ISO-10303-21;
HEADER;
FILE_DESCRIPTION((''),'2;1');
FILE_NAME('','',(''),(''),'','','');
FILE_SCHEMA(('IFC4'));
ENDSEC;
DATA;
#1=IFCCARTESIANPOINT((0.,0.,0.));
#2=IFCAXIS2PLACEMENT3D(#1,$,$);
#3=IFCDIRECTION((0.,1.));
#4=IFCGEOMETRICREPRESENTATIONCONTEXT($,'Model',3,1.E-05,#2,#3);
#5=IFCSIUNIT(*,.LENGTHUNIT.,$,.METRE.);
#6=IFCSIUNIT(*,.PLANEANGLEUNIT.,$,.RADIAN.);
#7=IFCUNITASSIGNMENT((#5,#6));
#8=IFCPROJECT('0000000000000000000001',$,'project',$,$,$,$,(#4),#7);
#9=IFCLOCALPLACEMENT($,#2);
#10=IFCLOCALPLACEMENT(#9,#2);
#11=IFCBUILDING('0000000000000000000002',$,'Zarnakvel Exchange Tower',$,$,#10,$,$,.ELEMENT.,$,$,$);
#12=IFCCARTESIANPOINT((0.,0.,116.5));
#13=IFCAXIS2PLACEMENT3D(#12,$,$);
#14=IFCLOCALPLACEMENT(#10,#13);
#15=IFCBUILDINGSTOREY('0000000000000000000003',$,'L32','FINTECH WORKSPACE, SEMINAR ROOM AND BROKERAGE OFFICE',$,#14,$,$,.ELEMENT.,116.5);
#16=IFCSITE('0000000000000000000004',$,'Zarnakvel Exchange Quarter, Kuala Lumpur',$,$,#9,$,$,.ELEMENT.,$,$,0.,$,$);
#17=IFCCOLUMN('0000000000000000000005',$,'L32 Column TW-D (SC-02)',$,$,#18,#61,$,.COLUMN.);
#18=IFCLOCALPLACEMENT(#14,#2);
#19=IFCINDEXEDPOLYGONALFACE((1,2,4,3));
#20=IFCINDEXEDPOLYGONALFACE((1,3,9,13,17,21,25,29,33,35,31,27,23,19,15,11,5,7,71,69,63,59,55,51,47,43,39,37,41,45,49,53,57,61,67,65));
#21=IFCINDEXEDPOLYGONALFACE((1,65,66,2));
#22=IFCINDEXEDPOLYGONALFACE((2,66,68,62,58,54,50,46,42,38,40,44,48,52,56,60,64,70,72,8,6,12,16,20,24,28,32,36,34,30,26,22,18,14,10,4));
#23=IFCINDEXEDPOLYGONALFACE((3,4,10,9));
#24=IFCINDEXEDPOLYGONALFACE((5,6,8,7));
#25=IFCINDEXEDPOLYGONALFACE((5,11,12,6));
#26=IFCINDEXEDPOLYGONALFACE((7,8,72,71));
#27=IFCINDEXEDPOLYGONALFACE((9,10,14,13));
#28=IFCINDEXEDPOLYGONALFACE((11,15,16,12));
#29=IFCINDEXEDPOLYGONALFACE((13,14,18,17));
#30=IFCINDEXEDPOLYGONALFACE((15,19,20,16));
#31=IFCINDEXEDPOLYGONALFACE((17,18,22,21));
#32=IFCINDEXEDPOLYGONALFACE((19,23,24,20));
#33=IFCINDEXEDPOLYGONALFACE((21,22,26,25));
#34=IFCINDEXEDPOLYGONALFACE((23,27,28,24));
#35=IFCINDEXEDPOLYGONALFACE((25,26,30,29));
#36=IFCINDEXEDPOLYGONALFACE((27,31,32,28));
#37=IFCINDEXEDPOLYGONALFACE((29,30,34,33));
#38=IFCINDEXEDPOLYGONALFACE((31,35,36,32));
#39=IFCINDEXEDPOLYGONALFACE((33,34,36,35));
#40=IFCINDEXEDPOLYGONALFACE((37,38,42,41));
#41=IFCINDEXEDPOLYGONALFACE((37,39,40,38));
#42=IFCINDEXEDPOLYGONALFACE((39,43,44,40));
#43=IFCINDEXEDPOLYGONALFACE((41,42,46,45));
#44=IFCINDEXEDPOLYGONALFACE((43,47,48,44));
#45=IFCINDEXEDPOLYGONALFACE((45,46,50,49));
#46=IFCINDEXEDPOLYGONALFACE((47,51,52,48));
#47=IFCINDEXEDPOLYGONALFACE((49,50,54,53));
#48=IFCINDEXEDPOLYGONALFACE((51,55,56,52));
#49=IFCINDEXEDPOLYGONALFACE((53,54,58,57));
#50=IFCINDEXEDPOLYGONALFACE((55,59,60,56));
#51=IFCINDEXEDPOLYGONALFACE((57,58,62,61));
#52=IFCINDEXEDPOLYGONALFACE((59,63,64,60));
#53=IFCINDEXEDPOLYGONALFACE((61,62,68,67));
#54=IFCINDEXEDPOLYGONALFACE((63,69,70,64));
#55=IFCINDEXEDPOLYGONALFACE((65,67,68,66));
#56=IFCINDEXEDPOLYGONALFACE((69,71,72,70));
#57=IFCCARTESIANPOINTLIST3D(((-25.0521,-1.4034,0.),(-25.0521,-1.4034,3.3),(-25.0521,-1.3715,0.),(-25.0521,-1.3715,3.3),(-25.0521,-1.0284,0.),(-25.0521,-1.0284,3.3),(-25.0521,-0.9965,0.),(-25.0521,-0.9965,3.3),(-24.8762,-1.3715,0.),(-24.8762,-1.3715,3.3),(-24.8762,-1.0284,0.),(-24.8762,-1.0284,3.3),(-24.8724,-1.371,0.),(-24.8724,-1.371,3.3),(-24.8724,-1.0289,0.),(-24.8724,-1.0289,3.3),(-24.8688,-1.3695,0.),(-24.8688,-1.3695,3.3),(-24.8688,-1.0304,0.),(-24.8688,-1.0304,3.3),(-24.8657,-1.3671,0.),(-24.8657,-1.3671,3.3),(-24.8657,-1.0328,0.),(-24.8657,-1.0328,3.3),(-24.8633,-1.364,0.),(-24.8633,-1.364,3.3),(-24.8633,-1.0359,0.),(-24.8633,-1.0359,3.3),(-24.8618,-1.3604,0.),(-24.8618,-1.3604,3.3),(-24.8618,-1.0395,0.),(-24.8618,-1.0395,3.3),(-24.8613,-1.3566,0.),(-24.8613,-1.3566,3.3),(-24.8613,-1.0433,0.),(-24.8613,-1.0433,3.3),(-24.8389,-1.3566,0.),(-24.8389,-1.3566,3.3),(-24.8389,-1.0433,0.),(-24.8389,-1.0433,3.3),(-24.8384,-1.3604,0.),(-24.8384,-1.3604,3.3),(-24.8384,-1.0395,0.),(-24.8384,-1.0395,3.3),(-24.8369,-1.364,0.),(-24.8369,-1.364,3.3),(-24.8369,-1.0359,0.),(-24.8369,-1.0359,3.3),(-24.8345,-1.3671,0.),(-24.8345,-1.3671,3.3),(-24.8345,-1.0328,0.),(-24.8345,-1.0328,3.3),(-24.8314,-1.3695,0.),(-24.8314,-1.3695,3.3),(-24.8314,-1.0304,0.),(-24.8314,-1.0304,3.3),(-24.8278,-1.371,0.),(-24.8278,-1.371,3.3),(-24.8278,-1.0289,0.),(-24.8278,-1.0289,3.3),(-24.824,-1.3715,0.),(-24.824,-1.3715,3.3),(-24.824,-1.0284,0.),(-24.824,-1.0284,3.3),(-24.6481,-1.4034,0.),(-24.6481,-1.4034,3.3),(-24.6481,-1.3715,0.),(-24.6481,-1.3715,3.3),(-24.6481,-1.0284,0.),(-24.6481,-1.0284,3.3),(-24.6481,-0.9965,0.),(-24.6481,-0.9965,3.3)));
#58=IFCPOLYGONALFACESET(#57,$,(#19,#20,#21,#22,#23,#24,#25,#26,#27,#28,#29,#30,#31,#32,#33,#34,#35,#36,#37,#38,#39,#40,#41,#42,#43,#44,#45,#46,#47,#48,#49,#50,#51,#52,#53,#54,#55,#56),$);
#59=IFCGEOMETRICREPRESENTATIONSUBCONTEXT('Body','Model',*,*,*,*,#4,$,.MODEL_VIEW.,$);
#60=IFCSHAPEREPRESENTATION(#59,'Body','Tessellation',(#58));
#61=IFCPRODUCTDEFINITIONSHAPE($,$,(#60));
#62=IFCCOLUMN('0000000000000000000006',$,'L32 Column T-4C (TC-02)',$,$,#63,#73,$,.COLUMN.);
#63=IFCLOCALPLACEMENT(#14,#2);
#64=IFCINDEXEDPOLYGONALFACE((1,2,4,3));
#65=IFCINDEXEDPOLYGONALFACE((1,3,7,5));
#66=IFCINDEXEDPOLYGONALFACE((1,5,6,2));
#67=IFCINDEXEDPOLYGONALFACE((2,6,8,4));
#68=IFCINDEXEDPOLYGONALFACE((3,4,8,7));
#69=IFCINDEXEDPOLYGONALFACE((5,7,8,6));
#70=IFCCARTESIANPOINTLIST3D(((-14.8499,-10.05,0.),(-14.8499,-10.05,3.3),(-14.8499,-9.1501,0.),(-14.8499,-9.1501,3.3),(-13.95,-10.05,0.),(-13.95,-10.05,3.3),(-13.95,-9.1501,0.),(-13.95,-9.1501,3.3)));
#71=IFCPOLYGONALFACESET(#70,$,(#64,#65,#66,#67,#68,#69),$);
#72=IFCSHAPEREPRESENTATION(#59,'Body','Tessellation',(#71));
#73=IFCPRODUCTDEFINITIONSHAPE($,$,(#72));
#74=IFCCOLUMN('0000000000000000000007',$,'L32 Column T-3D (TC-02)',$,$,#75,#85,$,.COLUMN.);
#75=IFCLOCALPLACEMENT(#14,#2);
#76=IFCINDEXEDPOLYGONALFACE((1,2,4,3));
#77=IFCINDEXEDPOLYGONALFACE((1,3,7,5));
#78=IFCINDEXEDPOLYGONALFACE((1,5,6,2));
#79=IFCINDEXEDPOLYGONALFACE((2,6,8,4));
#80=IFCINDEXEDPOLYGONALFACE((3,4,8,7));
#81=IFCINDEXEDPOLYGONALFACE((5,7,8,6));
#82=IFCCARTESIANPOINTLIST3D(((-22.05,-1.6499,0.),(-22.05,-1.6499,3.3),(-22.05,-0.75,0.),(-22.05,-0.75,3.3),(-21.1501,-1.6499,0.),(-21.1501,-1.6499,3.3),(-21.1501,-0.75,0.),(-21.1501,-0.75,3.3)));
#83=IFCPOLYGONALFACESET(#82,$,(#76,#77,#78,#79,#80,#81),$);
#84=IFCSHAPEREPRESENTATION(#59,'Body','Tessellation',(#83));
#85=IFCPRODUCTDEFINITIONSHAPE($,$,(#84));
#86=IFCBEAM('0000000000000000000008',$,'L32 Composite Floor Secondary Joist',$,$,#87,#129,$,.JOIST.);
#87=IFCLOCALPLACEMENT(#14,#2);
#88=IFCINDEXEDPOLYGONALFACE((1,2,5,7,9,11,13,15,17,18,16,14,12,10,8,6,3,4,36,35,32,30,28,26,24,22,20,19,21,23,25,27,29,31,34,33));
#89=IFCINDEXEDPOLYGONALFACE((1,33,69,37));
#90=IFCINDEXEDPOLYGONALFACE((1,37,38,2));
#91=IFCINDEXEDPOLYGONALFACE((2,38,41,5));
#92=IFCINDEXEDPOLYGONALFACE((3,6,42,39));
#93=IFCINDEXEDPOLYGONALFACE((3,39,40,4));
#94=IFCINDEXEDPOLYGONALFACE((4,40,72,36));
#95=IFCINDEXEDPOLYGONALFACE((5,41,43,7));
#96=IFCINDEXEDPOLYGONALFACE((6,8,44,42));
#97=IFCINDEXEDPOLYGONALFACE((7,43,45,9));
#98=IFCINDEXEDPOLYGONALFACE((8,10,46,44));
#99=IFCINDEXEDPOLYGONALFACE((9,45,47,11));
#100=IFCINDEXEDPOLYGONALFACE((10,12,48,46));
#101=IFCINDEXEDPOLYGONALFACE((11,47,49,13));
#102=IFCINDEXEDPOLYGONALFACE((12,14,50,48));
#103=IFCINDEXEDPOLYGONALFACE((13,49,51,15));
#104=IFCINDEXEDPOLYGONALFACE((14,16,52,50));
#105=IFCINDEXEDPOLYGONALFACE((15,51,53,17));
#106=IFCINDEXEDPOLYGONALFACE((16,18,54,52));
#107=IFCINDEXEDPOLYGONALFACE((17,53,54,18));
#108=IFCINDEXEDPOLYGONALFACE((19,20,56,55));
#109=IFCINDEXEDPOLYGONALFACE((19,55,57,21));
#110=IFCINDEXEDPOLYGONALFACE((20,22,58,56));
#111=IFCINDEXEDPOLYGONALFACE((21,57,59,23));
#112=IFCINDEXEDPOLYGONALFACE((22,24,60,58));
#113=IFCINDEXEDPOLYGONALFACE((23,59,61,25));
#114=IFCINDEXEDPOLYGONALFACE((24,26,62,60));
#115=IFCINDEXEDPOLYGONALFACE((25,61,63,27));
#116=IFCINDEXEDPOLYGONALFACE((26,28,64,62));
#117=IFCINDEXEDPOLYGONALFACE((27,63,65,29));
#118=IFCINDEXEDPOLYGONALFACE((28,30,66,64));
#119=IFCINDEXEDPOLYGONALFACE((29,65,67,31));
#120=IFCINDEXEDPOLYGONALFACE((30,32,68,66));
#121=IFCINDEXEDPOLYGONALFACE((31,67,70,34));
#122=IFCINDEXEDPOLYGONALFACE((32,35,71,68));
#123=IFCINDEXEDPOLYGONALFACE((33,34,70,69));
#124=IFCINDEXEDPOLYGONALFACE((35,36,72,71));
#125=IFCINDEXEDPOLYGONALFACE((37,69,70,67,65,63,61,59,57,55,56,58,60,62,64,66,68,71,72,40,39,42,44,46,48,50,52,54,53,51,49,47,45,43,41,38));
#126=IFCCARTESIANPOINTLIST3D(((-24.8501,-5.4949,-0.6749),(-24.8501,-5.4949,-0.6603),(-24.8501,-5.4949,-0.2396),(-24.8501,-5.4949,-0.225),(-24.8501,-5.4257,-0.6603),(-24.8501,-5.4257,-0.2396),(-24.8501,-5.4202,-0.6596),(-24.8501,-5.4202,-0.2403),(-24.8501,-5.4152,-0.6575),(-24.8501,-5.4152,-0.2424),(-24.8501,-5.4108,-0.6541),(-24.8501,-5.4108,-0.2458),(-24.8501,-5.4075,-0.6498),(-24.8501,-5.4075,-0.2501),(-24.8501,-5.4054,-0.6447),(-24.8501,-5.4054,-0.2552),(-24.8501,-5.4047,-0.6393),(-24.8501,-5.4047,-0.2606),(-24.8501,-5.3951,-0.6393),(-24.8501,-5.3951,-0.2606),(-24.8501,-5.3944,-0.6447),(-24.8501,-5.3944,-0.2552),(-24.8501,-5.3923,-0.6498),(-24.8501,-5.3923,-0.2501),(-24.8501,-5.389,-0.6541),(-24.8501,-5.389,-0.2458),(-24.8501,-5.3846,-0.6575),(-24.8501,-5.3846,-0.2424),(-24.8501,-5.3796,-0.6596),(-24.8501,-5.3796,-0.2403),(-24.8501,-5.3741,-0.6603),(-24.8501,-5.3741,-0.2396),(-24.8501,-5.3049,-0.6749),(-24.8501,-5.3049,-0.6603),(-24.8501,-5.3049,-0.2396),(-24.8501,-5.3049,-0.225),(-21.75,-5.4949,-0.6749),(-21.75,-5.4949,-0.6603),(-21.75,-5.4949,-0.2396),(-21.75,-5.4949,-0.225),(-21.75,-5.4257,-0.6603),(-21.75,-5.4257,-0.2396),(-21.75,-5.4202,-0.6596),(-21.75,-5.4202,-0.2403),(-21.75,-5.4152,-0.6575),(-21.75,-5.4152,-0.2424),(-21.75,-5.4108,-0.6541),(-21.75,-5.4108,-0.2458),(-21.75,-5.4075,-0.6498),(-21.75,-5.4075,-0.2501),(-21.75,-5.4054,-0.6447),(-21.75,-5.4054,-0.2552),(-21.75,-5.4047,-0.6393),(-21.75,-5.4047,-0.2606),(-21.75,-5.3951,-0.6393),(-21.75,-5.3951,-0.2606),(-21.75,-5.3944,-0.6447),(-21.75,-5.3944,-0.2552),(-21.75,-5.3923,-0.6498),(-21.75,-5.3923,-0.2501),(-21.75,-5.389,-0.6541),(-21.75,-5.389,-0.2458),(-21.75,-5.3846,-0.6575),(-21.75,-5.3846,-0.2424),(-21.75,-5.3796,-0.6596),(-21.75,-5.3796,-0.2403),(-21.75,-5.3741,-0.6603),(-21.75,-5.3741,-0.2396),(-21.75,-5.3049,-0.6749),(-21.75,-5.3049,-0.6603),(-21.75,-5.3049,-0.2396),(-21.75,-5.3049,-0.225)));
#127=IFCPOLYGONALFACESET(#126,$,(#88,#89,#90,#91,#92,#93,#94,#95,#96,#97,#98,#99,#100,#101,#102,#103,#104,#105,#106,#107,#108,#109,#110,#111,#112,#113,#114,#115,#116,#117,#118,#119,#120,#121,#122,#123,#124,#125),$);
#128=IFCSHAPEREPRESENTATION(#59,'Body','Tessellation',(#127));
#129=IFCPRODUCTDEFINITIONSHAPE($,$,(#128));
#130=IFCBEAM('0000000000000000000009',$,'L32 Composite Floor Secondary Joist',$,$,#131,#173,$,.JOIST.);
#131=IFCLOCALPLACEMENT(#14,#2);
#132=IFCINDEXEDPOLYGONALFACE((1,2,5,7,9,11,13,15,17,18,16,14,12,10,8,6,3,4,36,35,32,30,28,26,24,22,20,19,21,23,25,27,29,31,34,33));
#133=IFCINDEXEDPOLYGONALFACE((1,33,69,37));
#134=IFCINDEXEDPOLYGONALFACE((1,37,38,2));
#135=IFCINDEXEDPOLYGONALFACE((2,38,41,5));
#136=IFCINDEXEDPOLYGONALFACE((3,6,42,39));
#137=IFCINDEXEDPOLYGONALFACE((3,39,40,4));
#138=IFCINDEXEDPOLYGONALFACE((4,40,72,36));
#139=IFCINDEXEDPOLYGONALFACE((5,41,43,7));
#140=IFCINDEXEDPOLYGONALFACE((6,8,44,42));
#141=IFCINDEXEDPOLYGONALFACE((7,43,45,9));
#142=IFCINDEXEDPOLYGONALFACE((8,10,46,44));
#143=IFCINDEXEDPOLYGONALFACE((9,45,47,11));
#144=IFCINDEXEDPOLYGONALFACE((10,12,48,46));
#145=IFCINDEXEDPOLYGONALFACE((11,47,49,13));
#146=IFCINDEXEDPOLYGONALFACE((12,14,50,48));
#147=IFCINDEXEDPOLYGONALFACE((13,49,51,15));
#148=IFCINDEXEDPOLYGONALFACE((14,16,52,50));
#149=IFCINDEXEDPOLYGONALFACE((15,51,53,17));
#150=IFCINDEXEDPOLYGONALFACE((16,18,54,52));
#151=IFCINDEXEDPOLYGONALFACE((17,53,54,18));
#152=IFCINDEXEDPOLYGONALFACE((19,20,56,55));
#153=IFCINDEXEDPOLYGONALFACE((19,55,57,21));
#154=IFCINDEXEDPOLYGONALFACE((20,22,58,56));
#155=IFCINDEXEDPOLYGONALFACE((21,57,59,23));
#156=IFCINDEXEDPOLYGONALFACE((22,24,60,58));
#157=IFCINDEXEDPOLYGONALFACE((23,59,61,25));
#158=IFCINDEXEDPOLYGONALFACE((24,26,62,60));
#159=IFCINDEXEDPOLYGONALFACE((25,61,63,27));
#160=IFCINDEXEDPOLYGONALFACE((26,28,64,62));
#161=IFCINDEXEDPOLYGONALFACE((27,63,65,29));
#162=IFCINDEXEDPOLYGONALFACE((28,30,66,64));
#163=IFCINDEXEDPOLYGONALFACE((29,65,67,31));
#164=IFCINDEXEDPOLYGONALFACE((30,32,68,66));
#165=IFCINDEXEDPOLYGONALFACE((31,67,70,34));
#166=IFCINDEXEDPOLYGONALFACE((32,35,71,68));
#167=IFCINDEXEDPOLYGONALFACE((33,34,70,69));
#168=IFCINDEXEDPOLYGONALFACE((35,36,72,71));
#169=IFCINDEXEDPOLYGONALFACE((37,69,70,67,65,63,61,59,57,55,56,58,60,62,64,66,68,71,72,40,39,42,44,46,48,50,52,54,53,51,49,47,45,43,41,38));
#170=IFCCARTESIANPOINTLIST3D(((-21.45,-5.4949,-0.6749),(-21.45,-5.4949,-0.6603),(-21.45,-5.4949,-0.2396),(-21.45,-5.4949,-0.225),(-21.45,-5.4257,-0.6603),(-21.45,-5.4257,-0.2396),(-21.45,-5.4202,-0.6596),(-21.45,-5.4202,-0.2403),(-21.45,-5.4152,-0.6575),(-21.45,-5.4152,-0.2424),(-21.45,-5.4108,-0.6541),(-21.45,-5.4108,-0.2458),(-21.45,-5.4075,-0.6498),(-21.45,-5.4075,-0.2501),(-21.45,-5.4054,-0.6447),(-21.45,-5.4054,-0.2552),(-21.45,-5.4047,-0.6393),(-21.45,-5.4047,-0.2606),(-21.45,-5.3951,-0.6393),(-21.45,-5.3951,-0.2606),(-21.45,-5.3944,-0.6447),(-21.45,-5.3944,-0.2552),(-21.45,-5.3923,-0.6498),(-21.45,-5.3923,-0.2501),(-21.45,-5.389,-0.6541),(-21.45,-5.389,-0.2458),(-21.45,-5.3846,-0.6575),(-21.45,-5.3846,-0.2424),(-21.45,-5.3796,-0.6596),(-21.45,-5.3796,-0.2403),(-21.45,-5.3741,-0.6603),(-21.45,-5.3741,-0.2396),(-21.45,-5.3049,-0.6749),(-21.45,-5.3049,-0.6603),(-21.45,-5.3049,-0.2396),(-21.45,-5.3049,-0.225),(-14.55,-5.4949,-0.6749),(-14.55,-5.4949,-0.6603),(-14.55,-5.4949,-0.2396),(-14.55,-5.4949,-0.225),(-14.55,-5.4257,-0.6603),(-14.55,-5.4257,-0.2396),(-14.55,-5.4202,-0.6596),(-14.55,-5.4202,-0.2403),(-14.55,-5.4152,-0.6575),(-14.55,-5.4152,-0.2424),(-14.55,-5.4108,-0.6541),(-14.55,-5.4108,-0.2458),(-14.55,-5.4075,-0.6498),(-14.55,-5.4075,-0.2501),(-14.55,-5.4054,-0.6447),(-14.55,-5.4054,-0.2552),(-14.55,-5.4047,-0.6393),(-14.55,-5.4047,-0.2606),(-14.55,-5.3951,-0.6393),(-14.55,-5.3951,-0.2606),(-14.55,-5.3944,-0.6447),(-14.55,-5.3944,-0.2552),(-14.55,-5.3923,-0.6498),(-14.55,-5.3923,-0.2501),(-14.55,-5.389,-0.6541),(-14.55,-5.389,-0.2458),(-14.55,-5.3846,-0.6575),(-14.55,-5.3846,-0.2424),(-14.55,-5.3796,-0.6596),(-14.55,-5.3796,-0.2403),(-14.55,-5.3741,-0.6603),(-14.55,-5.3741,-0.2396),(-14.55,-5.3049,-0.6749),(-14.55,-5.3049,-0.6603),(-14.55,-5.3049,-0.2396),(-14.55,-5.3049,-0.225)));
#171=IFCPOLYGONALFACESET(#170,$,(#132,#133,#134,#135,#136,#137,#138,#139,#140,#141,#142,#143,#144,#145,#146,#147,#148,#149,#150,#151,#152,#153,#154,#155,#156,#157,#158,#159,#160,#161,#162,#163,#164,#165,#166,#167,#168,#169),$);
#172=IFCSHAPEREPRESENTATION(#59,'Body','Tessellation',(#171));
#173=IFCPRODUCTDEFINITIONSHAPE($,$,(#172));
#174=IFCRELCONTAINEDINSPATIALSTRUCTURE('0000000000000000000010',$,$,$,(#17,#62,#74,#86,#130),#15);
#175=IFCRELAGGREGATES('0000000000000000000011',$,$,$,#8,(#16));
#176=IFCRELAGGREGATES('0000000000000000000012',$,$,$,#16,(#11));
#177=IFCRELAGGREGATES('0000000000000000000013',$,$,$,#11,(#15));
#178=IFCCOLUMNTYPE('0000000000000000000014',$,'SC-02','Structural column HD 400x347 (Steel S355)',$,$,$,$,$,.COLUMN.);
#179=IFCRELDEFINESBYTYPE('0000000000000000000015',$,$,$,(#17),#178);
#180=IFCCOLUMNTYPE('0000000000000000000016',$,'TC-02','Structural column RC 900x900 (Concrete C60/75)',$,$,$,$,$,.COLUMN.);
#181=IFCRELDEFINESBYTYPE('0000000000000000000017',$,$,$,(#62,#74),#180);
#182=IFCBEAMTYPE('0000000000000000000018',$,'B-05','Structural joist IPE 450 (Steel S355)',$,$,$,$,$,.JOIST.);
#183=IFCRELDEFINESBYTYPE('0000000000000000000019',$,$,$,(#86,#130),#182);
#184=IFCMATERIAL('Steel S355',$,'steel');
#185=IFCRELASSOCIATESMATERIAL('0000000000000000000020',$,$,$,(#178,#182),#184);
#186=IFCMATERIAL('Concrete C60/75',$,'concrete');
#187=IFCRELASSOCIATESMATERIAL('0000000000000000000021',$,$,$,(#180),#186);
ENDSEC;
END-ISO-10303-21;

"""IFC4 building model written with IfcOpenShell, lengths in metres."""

from ifc_helpers import new_model, si_unit, direction, frame, origin, origin_2d, place, context, subcontext, project, spatial, rectangle, i_section, extrude, material, material_profile, profile_set, type_object, element, save


model = new_model("IFC4")

# Units and contexts
model_context = context("Model", 3, precision=1e-05, world=origin(), true_north=direction((0.0, 1.0)))
body_context = subcontext(model_context, "Body", "Model", "MODEL_VIEW")
ifc_project = project(units=[si_unit("LENGTHUNIT", "METRE"), si_unit("PLANEANGLEUNIT", "RADIAN")], contexts=[model_context])

# Site, building, storey
site_placement = place(None, origin())
site = spatial("IfcSite", under=ifc_project, at=site_placement, Name="Zarnakvel Exchange Quarter, Kuala Lumpur", CompositionType="ELEMENT", RefElevation=0.0)
building_placement = place(site_placement, origin())
building = spatial("IfcBuilding", under=site, at=building_placement, Name="Zarnakvel Exchange Tower", CompositionType="ELEMENT")
storey_placement = place(building_placement, frame((0.0, 0.0, 116.5)))
storey = spatial("IfcBuildingStorey", under=building, at=storey_placement, Name="L32", Description="FINTECH WORKSPACE, SEMINAR ROOM AND BROKERAGE OFFICE", CompositionType="ELEMENT", Elevation=116.5)

# Columns
ifc_material_1 = material(Name="Steel S355", Category="steel")
ifc_material_profile_1 = material_profile(ifc_material_1, i_section(OverallWidth=0.4041, OverallDepth=0.407, WebThickness=0.0225, FlangeThickness=0.032, FilletRadius=0.0149, at=origin_2d()))
ifc_profile_set_1 = profile_set([ifc_material_profile_1], Name="Steel S355")
column_type_1 = type_object("IfcColumnType", Name="SC-02", Description="Structural column HD 400x347 (Steel S355)", PredefinedType="COLUMN", material=ifc_profile_set_1)
column_placement = place(storey_placement, frame((-24.8501, -1.2, 0.0), z_axis=(0.0, 0.0, 1.0), x_axis=(1.0, 0.0, 0.0)))
element("IfcColumn", 1, at=column_placement, inside=storey, type_object=column_type_1, Name="L32 Column TW-D (SC-02)", PredefinedType="COLUMN", context=body_context, shape_type="SweptSolid", body=[
    extrude(i_section(OverallWidth=0.4041, OverallDepth=0.407, WebThickness=0.0225, FlangeThickness=0.032, FilletRadius=0.0149, at=origin_2d()), origin(), (0.0, 0.0, 1.0), 3.3),
])
ifc_material_2 = material(Name="Concrete C60/75", Category="concrete")
ifc_material_profile_2 = material_profile(ifc_material_2, rectangle(XDim=0.8999, YDim=0.8999, at=origin_2d()))
ifc_profile_set_2 = profile_set([ifc_material_profile_2], Name="Concrete C60/75")
column_type_2 = type_object("IfcColumnType", Name="TC-02", Description="Structural column RC 900x900 (Concrete C60/75)", PredefinedType="COLUMN", material=ifc_profile_set_2)
for number, where, z_axis, x_axis, name in (
    (2, (-14.3999, -9.6001, 0.0), (0.0, 0.0, 1.0), (1.0, 0.0, 0.0), "L32 Column T-4C (TC-02)"),
    (3, (-21.6001, -1.2, 0.0), (0.0, 0.0, 1.0), (1.0, 0.0, 0.0), "L32 Column T-3D (TC-02)"),
):
    element("IfcColumn", number, at=place(storey_placement, frame(where, z_axis=z_axis, x_axis=x_axis)), inside=storey, type_object=column_type_2, Name=name, PredefinedType="COLUMN", context=body_context, shape_type="SweptSolid", body=[
        extrude(rectangle(XDim=0.8999, YDim=0.8999, at=origin_2d()), origin(), (0.0, 0.0, 1.0), 3.3),
    ])

# Beams
ifc_material_profile_3 = material_profile(ifc_material_1, i_section(OverallWidth=0.1899, OverallDepth=0.45, WebThickness=0.0095, FlangeThickness=0.0146, FilletRadius=0.021, at=origin_2d()))
ifc_profile_set_3 = profile_set([ifc_material_profile_3], Name="Steel S355")
beam_type_1 = type_object("IfcBeamType", Name="B-05", Description="Structural joist IPE 450 (Steel S355)", PredefinedType="JOIST", material=ifc_profile_set_3)
beam_1_placement = place(storey_placement, frame((-24.8501, -5.3999, -0.45), z_axis=(1.0, 0.0, 0.0), x_axis=(0.0, 1.0, 0.0)))
element("IfcBeam", 4, at=beam_1_placement, inside=storey, type_object=beam_type_1, Name="L32 Composite Floor Secondary Joist", PredefinedType="JOIST", context=body_context, shape_type="SweptSolid", body=[
    extrude(i_section(OverallWidth=0.1899, OverallDepth=0.45, WebThickness=0.0095, FlangeThickness=0.0146, FilletRadius=0.021, at=origin_2d()), origin(), (0.0, 0.0, 1.0), 3.1001),
])
beam_2_placement = place(storey_placement, frame((-21.45, -5.3999, -0.45), z_axis=(1.0, 0.0, 0.0), x_axis=(0.0, 1.0, 0.0)))
element("IfcBeam", 5, at=beam_2_placement, inside=storey, type_object=beam_type_1, Name="L32 Composite Floor Secondary Joist", PredefinedType="JOIST", context=body_context, shape_type="SweptSolid", body=[
    extrude(i_section(OverallWidth=0.1899, OverallDepth=0.45, WebThickness=0.0095, FlangeThickness=0.0146, FilletRadius=0.021, at=origin_2d()), origin(), (0.0, 0.0, 1.0), 6.8999),
])

save(model, "model.ifc")
